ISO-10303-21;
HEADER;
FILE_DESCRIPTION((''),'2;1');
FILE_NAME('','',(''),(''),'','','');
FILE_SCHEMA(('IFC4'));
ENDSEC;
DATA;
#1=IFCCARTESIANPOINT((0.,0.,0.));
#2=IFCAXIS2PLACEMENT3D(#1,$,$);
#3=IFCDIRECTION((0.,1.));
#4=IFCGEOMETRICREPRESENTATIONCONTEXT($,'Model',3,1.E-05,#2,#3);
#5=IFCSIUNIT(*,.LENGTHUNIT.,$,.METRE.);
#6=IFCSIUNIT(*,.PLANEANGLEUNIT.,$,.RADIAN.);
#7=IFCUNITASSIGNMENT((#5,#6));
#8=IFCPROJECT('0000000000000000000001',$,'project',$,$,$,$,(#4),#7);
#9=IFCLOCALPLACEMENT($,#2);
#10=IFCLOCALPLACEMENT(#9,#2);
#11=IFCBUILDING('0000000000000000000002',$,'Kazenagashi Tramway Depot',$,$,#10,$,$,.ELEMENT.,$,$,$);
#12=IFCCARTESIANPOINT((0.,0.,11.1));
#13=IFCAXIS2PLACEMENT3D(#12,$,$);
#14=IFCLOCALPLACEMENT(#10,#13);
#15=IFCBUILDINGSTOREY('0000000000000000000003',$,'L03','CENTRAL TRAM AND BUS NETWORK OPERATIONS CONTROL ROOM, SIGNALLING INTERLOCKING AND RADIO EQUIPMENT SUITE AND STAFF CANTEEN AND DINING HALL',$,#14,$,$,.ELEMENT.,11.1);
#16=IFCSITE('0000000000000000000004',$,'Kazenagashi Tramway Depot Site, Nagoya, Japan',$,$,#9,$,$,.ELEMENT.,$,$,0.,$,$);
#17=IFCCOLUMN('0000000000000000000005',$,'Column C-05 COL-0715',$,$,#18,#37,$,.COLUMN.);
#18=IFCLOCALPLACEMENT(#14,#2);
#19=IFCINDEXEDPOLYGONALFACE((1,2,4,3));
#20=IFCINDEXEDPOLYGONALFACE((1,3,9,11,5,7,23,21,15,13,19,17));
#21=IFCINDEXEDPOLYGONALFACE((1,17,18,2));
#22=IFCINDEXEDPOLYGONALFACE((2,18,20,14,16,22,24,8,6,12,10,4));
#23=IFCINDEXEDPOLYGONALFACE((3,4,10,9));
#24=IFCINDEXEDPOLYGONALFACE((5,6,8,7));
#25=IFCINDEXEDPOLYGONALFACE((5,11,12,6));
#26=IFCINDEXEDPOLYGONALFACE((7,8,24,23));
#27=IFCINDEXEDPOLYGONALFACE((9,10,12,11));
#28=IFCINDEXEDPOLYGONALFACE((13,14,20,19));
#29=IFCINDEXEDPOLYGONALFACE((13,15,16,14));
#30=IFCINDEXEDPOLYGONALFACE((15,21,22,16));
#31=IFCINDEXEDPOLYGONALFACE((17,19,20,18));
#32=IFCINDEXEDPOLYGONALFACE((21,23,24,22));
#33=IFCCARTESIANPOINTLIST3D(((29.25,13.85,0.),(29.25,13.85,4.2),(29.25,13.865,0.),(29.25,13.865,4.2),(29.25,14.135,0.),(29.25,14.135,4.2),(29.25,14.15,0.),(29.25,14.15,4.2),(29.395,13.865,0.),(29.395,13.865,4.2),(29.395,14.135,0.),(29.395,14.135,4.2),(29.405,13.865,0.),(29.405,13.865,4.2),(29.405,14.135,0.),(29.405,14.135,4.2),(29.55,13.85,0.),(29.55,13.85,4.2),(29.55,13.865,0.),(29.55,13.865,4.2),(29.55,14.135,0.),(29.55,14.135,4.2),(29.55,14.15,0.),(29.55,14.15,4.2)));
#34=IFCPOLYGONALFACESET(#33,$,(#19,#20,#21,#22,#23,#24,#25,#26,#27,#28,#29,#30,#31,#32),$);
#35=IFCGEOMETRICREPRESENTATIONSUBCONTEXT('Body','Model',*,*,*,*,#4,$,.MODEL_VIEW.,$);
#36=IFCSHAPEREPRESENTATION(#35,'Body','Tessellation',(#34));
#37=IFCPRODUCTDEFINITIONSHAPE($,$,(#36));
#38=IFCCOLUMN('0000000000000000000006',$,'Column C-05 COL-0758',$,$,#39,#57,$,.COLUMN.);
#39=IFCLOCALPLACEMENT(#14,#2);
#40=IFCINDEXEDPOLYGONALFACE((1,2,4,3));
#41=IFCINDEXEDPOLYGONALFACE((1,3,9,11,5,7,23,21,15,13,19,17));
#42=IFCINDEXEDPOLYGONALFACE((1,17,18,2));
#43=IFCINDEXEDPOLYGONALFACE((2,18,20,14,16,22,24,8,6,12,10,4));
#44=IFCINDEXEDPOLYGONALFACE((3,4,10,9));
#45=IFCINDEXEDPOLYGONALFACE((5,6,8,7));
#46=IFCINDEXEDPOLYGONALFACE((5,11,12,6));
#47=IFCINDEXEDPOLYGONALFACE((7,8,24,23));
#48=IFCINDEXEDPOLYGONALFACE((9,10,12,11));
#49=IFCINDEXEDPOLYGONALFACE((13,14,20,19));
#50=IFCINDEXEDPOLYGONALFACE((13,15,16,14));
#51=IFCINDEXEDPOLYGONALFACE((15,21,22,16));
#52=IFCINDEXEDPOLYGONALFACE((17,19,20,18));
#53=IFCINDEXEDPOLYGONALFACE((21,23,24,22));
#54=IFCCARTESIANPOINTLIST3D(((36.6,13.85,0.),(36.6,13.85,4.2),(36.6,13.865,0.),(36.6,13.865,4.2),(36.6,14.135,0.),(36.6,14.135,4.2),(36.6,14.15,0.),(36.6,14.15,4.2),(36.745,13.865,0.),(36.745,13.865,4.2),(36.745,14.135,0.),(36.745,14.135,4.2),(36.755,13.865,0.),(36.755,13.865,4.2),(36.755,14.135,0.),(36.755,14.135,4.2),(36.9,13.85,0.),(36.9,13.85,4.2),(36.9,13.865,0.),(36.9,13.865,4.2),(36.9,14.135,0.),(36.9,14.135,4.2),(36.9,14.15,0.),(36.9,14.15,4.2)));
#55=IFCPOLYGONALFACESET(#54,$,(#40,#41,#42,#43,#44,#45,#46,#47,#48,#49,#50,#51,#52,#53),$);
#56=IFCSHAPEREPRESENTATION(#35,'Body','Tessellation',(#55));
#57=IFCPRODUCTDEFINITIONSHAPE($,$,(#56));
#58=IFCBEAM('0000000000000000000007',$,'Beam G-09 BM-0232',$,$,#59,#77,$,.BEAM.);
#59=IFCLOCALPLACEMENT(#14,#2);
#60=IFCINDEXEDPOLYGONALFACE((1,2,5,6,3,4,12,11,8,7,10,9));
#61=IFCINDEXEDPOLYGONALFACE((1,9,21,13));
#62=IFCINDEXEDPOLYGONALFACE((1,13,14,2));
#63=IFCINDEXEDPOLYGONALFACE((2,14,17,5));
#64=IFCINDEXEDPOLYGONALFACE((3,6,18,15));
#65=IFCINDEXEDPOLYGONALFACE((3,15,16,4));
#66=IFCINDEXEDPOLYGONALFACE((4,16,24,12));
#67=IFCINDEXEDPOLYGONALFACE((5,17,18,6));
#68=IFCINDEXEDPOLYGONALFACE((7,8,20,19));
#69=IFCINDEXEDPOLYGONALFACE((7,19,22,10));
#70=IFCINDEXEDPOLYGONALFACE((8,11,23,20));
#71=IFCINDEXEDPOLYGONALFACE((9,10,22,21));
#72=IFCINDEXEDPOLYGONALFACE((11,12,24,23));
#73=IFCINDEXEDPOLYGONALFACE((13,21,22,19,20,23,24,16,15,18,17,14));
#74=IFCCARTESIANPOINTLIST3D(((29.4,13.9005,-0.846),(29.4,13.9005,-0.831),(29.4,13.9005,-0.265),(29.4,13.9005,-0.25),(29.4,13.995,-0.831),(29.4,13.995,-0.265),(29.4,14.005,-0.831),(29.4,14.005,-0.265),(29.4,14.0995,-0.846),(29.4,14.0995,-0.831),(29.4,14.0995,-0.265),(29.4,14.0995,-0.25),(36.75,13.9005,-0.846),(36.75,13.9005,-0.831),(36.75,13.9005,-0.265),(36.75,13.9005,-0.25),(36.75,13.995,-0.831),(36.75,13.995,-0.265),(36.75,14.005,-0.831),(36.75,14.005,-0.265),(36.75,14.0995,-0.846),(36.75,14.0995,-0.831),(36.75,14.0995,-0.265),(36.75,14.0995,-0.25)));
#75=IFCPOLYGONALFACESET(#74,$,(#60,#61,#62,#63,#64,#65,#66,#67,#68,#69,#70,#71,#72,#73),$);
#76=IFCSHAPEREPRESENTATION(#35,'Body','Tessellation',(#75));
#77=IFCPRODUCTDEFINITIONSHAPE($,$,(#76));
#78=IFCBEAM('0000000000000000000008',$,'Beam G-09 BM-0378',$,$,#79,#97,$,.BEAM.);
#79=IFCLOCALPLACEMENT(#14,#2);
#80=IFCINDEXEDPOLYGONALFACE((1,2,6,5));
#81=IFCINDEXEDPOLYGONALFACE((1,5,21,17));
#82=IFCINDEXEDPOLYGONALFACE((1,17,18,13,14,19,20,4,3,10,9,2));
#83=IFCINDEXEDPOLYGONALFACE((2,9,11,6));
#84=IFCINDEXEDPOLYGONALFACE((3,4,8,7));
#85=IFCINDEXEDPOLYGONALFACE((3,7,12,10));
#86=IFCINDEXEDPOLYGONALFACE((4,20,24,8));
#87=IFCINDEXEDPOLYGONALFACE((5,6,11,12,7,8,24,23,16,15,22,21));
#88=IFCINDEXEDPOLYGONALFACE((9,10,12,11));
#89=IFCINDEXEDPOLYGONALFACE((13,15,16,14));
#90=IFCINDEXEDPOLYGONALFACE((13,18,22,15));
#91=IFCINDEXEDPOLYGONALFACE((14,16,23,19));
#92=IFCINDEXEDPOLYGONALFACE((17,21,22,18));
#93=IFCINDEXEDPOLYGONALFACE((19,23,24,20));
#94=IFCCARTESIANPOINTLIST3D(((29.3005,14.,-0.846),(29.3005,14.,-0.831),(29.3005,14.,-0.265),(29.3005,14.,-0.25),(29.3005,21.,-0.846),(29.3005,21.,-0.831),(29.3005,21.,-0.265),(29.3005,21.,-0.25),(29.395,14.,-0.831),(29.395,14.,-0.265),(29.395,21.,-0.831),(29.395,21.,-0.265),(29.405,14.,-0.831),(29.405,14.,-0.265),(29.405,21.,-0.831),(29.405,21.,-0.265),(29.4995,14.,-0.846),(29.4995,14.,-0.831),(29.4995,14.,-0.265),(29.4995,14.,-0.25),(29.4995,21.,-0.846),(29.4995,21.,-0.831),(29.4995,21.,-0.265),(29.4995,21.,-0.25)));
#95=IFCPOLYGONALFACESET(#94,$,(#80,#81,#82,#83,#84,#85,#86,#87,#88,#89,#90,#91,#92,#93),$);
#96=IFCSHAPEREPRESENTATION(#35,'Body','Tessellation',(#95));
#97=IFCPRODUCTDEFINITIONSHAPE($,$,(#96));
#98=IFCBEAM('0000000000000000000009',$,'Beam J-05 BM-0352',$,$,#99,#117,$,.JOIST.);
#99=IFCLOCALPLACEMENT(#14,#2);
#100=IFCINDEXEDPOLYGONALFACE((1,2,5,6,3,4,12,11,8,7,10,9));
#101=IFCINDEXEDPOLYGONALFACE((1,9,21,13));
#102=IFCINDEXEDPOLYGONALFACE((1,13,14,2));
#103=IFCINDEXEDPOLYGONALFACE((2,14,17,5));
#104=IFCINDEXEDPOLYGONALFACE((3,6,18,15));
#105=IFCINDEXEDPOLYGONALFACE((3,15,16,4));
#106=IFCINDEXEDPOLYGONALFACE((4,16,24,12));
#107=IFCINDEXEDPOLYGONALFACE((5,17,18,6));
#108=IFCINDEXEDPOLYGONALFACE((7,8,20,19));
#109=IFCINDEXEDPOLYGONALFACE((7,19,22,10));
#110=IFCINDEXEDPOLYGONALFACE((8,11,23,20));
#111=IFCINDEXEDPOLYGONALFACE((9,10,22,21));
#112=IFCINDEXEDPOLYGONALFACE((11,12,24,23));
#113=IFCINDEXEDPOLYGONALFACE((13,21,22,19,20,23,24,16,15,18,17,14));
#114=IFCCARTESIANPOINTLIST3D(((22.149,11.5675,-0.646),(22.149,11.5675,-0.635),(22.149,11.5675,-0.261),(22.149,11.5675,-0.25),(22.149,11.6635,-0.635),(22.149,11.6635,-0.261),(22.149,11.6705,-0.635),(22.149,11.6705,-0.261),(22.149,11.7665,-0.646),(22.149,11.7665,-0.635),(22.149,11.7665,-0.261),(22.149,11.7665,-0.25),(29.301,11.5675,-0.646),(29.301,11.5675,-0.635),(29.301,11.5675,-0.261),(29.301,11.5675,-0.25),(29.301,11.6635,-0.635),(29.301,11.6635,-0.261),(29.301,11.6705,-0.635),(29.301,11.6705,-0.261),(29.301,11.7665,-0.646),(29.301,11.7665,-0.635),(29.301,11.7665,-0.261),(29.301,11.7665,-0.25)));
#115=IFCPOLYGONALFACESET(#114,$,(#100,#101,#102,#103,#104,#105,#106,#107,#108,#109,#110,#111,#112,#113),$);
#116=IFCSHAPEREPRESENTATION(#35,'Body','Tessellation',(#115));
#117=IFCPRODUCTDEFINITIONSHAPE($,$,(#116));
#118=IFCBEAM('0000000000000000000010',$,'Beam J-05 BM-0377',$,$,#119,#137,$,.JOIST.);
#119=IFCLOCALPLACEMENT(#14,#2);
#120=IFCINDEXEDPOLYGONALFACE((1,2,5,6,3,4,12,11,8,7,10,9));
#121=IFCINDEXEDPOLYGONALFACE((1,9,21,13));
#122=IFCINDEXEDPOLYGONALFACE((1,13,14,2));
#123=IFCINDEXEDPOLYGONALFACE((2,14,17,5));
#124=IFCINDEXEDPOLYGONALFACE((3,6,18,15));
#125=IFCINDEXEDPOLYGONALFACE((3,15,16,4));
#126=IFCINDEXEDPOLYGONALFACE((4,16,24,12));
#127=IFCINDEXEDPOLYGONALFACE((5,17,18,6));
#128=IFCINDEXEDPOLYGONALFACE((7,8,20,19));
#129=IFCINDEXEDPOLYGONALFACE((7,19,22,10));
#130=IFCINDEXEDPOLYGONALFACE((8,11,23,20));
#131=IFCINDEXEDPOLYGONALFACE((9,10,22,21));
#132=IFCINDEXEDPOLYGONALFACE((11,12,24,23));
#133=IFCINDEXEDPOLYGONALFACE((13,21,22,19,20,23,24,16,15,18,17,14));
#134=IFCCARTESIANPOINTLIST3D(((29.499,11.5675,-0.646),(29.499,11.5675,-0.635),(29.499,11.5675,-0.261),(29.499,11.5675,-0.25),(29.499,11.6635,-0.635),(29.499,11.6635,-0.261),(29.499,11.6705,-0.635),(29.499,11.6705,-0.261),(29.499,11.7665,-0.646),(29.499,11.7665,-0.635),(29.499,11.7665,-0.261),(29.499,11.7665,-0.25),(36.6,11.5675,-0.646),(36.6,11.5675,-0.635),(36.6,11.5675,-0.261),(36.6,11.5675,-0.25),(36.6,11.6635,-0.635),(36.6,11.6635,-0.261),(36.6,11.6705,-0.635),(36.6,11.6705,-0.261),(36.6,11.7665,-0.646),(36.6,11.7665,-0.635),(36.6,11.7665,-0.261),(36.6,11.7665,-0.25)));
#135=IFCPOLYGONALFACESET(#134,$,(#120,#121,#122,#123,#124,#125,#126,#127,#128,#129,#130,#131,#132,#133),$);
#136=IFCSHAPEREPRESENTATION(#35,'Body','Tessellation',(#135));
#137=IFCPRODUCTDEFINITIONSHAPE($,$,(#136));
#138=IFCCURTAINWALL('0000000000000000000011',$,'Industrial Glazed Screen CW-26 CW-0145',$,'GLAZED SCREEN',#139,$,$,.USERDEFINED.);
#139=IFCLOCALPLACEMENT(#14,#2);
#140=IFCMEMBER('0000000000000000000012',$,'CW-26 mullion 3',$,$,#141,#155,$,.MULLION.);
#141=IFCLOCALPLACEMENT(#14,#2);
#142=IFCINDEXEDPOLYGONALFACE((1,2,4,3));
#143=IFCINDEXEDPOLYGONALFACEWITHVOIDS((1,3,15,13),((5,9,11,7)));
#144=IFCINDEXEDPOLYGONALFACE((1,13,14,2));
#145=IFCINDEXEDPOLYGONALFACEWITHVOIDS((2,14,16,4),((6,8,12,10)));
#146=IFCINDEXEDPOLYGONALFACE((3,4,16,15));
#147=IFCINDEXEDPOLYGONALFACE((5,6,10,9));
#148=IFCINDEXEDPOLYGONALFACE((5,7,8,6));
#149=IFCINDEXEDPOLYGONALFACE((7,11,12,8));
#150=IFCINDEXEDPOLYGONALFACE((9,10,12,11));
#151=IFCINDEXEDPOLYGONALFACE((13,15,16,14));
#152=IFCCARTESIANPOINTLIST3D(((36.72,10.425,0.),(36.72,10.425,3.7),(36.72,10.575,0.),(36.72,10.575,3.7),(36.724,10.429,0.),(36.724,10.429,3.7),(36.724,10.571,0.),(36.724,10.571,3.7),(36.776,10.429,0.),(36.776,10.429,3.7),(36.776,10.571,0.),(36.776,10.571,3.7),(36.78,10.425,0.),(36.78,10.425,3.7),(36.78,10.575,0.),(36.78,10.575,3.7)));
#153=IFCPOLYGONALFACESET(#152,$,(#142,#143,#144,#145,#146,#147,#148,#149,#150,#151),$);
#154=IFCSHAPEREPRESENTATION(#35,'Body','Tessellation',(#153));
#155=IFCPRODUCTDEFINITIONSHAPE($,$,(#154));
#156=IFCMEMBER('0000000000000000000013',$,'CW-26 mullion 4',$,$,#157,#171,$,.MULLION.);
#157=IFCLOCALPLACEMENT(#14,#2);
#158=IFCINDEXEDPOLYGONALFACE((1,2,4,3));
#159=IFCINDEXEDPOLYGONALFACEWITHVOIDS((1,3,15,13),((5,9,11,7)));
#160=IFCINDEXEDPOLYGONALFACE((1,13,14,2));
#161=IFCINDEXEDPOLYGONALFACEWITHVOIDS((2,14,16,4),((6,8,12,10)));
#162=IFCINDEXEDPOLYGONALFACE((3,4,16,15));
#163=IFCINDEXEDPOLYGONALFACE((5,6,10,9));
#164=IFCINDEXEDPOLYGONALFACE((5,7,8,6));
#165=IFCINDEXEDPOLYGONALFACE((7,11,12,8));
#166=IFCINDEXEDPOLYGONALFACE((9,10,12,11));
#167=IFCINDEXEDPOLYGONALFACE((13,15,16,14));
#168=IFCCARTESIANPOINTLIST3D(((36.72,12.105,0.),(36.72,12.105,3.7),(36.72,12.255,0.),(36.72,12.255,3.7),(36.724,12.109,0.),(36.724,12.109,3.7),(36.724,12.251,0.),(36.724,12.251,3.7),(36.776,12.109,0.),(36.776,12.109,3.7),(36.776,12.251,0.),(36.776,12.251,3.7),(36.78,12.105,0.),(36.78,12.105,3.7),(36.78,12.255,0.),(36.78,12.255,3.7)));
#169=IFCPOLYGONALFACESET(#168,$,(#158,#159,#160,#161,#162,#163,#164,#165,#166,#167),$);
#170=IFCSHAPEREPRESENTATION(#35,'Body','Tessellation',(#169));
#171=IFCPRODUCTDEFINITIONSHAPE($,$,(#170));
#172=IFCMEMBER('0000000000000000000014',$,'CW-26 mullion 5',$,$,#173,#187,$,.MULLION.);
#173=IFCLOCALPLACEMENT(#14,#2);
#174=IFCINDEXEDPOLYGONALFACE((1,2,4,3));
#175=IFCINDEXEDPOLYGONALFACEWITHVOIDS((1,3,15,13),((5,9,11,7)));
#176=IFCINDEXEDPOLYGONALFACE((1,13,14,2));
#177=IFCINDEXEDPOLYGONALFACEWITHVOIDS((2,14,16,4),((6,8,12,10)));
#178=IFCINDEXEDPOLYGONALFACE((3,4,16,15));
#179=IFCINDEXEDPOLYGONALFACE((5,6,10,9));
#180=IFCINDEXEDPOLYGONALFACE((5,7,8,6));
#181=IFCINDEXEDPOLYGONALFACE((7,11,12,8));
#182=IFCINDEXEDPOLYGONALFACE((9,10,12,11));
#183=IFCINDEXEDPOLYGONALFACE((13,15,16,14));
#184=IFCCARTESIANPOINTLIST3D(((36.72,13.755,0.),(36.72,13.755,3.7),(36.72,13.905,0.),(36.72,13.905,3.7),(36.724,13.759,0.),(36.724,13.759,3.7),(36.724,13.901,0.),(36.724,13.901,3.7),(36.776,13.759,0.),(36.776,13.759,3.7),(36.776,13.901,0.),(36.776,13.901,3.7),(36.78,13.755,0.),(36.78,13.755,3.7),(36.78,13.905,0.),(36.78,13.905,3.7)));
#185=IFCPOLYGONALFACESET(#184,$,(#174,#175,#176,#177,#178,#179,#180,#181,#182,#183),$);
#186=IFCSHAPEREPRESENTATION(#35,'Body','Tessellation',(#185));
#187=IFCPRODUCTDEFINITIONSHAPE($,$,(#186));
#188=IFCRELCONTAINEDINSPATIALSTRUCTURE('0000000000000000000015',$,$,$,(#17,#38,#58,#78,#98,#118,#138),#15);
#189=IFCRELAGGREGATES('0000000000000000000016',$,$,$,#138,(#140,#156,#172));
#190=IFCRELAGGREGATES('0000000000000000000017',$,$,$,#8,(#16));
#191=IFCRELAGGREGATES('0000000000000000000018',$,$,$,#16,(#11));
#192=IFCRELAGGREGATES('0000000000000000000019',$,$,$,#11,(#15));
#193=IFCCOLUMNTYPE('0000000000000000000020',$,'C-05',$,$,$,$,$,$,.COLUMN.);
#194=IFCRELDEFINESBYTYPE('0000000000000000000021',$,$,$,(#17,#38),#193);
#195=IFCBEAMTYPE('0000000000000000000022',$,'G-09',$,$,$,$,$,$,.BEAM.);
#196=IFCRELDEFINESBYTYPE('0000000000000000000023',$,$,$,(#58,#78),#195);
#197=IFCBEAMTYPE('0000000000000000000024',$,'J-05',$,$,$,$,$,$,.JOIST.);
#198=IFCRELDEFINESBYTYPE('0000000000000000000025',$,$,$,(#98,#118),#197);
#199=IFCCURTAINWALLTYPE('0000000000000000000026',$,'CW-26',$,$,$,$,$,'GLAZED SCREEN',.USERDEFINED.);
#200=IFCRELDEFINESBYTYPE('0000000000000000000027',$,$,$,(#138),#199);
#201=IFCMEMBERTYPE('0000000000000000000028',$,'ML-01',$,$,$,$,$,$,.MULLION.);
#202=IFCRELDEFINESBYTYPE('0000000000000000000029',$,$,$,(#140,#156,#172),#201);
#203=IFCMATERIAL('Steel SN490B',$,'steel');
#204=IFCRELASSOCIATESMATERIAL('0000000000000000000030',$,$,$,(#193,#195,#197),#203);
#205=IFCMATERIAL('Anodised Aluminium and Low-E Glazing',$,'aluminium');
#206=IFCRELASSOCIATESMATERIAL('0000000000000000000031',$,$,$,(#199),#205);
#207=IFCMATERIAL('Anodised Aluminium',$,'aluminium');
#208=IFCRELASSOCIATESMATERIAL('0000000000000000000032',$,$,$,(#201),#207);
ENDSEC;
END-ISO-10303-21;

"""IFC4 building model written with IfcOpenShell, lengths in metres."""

from ifc_helpers import new_model, si_unit, direction, frame, origin, origin_2d, place, context, subcontext, project, spatial, hollow_rectangle, i_section, extrude, material, material_profile, profile_set, type_object, element, aggregate, save


model = new_model("IFC4")

# Units and contexts
model_context = context("Model", 3, precision=1e-05, world=origin(), true_north=direction((0.0, 1.0)))
body_context = subcontext(model_context, "Body", "Model", "MODEL_VIEW")
ifc_project = project(units=[si_unit("LENGTHUNIT", "METRE"), si_unit("PLANEANGLEUNIT", "RADIAN")], contexts=[model_context])

# Site, building, storey
site_placement = place(None, origin())
site = spatial("IfcSite", under=ifc_project, at=site_placement, Name="Kazenagashi Tramway Depot Site, Nagoya, Japan", CompositionType="ELEMENT", RefElevation=0.0)
building_placement = place(site_placement, origin())
building = spatial("IfcBuilding", under=site, at=building_placement, Name="Kazenagashi Tramway Depot", CompositionType="ELEMENT")
storey_placement = place(building_placement, frame((0.0, 0.0, 11.1)))
storey = spatial("IfcBuildingStorey", under=building, at=storey_placement, Name="L03", Description="CENTRAL TRAM AND BUS NETWORK OPERATIONS CONTROL ROOM, SIGNALLING INTERLOCKING AND RADIO EQUIPMENT SUITE AND STAFF CANTEEN AND DINING HALL", CompositionType="ELEMENT", Elevation=11.1)

# Columns
ifc_material_1 = material(Name="Steel SN490B", Category="steel")
ifc_material_profile_1 = material_profile(ifc_material_1, i_section(OverallWidth=0.3, OverallDepth=0.3, WebThickness=0.01, FlangeThickness=0.015, at=origin_2d()), Name="H-300x300x10x15")
ifc_profile_set_1 = profile_set([ifc_material_profile_1], Name="Steel SN490B")
column_type = type_object("IfcColumnType", Name="C-05", PredefinedType="COLUMN", material=ifc_profile_set_1)
for number, where, z_axis, x_axis, name in (
    (1, (29.4, 14.0, 0.0), (0.0, 0.0, 1.0), (1.0, 0.0, 0.0), "Column C-05 COL-0715"),
    (2, (36.75, 14.0, 0.0), (0.0, 0.0, 1.0), (1.0, 0.0, 0.0), "Column C-05 COL-0758"),
):
    element("IfcColumn", number, at=place(storey_placement, frame(where, z_axis=z_axis, x_axis=x_axis)), inside=storey, type_object=column_type, Name=name, PredefinedType="COLUMN", context=body_context, shape_type="SweptSolid", body=[
        extrude(i_section(OverallWidth=0.3, OverallDepth=0.3, WebThickness=0.01, FlangeThickness=0.015, at=origin_2d()), origin(), (0.0, 0.0, 1.0), 4.2),
    ])

# Beams
ifc_material_profile_2 = material_profile(ifc_material_1, i_section(OverallWidth=0.199, OverallDepth=0.596, WebThickness=0.01, FlangeThickness=0.015, at=origin_2d()), Name="H-596x199x10x15")
ifc_profile_set_2 = profile_set([ifc_material_profile_2], Name="Steel SN490B")
beam_type_1 = type_object("IfcBeamType", Name="G-09", PredefinedType="BEAM", material=ifc_profile_set_2)
beam_1_placement = place(storey_placement, frame((29.4, 14.0, -0.548), z_axis=(1.0, 0.0, 0.0), x_axis=(0.0, 1.0, 0.0)))
element("IfcBeam", 3, at=beam_1_placement, inside=storey, type_object=beam_type_1, Name="Beam G-09 BM-0232", PredefinedType="BEAM", context=body_context, shape_type="SweptSolid", body=[
    extrude(i_section(OverallWidth=0.199, OverallDepth=0.596, WebThickness=0.01, FlangeThickness=0.015, at=origin_2d()), origin(), (0.0, 0.0, 1.0), 7.35),
])
beam_2_placement = place(storey_placement, frame((29.4, 14.0, -0.548), z_axis=(0.0, 1.0, 0.0), x_axis=(-1.0, 0.0, 0.0)))
element("IfcBeam", 4, at=beam_2_placement, inside=storey, type_object=beam_type_1, Name="Beam G-09 BM-0378", PredefinedType="BEAM", context=body_context, shape_type="SweptSolid", body=[
    extrude(i_section(OverallWidth=0.199, OverallDepth=0.596, WebThickness=0.01, FlangeThickness=0.015, at=origin_2d()), origin(), (0.0, 0.0, 1.0), 7.0),
])
ifc_material_profile_3 = material_profile(ifc_material_1, i_section(OverallWidth=0.199, OverallDepth=0.396, WebThickness=0.007, FlangeThickness=0.011, at=origin_2d()), Name="H-396x199x7x11")
ifc_profile_set_3 = profile_set([ifc_material_profile_3], Name="Steel SN490B")
beam_type_2 = type_object("IfcBeamType", Name="J-05", PredefinedType="JOIST", material=ifc_profile_set_3)
beam_3_placement = place(storey_placement, frame((22.149, 11.667, -0.448), z_axis=(1.0, 0.0, 0.0), x_axis=(0.0, 1.0, 0.0)))
element("IfcBeam", 5, at=beam_3_placement, inside=storey, type_object=beam_type_2, Name="Beam J-05 BM-0352", PredefinedType="JOIST", context=body_context, shape_type="SweptSolid", body=[
    extrude(i_section(OverallWidth=0.199, OverallDepth=0.396, WebThickness=0.007, FlangeThickness=0.011, at=origin_2d()), origin(), (0.0, 0.0, 1.0), 7.152),
])
beam_4_placement = place(storey_placement, frame((29.499, 11.667, -0.448), z_axis=(1.0, 0.0, 0.0), x_axis=(0.0, 1.0, 0.0)))
element("IfcBeam", 6, at=beam_4_placement, inside=storey, type_object=beam_type_2, Name="Beam J-05 BM-0377", PredefinedType="JOIST", context=body_context, shape_type="SweptSolid", body=[
    extrude(i_section(OverallWidth=0.199, OverallDepth=0.396, WebThickness=0.007, FlangeThickness=0.011, at=origin_2d()), origin(), (0.0, 0.0, 1.0), 7.101),
])

# Curtain wall, members
ifc_material_2 = material(Name="Anodised Aluminium and Low-E Glazing", Category="aluminium")
curtain_wall_type = type_object("IfcCurtainWallType", Name="CW-26", ElementType="GLAZED SCREEN", PredefinedType="USERDEFINED", material=ifc_material_2)
curtain_wall_1_placement = place(storey_placement, origin())
curtain_wall_1 = element("IfcCurtainWall", 7, at=curtain_wall_1_placement, inside=storey, type_object=curtain_wall_type, Name="Industrial Glazed Screen CW-26 CW-0145", ObjectType="GLAZED SCREEN", PredefinedType="USERDEFINED")
ifc_material_3 = material(Name="Anodised Aluminium", Category="aluminium")
ifc_material_profile_4 = material_profile(ifc_material_3, hollow_rectangle(XDim=0.06, YDim=0.15, WallThickness=0.004, at=origin_2d()), Name="RHS-150x60x4")
ifc_profile_set_4 = profile_set([ifc_material_profile_4], Name="Anodised Aluminium")
member_type_1 = type_object("IfcMemberType", Name="ML-01", PredefinedType="MULLION", material=ifc_profile_set_4)
member_1_placement = place(storey_placement, frame((36.75, 10.5, 0.0), z_axis=(0.0, 0.0, 1.0), x_axis=(-1.0, 0.0, 0.0)))
member_1 = element("IfcMember", 8, at=member_1_placement, type_object=member_type_1, Name="CW-26 mullion 3", PredefinedType="MULLION", context=body_context, shape_type="SweptSolid", body=[
    extrude(hollow_rectangle(XDim=0.06, YDim=0.15, WallThickness=0.004, at=origin_2d()), origin(), (0.0, 0.0, 1.0), 3.7),
])
member_2_placement = place(storey_placement, frame((36.75, 12.18, 0.0), z_axis=(0.0, 0.0, 1.0), x_axis=(-1.0, 0.0, 0.0)))
member_2 = element("IfcMember", 9, at=member_2_placement, type_object=member_type_1, Name="CW-26 mullion 4", PredefinedType="MULLION", context=body_context, shape_type="SweptSolid", body=[
    extrude(hollow_rectangle(XDim=0.06, YDim=0.15, WallThickness=0.004, at=origin_2d()), origin(), (0.0, 0.0, 1.0), 3.7),
])
member_3_placement = place(storey_placement, frame((36.75, 13.83, 0.0), z_axis=(0.0, 0.0, 1.0), x_axis=(-1.0, 0.0, 0.0)))
member_3 = element("IfcMember", 10, at=member_3_placement, type_object=member_type_1, Name="CW-26 mullion 5", PredefinedType="MULLION", context=body_context, shape_type="SweptSolid", body=[
    extrude(hollow_rectangle(XDim=0.06, YDim=0.15, WallThickness=0.004, at=origin_2d()), origin(), (0.0, 0.0, 1.0), 3.7),
])

aggregate(curtain_wall_1, [member_1, member_2, member_3])

save(model, "model.ifc")
